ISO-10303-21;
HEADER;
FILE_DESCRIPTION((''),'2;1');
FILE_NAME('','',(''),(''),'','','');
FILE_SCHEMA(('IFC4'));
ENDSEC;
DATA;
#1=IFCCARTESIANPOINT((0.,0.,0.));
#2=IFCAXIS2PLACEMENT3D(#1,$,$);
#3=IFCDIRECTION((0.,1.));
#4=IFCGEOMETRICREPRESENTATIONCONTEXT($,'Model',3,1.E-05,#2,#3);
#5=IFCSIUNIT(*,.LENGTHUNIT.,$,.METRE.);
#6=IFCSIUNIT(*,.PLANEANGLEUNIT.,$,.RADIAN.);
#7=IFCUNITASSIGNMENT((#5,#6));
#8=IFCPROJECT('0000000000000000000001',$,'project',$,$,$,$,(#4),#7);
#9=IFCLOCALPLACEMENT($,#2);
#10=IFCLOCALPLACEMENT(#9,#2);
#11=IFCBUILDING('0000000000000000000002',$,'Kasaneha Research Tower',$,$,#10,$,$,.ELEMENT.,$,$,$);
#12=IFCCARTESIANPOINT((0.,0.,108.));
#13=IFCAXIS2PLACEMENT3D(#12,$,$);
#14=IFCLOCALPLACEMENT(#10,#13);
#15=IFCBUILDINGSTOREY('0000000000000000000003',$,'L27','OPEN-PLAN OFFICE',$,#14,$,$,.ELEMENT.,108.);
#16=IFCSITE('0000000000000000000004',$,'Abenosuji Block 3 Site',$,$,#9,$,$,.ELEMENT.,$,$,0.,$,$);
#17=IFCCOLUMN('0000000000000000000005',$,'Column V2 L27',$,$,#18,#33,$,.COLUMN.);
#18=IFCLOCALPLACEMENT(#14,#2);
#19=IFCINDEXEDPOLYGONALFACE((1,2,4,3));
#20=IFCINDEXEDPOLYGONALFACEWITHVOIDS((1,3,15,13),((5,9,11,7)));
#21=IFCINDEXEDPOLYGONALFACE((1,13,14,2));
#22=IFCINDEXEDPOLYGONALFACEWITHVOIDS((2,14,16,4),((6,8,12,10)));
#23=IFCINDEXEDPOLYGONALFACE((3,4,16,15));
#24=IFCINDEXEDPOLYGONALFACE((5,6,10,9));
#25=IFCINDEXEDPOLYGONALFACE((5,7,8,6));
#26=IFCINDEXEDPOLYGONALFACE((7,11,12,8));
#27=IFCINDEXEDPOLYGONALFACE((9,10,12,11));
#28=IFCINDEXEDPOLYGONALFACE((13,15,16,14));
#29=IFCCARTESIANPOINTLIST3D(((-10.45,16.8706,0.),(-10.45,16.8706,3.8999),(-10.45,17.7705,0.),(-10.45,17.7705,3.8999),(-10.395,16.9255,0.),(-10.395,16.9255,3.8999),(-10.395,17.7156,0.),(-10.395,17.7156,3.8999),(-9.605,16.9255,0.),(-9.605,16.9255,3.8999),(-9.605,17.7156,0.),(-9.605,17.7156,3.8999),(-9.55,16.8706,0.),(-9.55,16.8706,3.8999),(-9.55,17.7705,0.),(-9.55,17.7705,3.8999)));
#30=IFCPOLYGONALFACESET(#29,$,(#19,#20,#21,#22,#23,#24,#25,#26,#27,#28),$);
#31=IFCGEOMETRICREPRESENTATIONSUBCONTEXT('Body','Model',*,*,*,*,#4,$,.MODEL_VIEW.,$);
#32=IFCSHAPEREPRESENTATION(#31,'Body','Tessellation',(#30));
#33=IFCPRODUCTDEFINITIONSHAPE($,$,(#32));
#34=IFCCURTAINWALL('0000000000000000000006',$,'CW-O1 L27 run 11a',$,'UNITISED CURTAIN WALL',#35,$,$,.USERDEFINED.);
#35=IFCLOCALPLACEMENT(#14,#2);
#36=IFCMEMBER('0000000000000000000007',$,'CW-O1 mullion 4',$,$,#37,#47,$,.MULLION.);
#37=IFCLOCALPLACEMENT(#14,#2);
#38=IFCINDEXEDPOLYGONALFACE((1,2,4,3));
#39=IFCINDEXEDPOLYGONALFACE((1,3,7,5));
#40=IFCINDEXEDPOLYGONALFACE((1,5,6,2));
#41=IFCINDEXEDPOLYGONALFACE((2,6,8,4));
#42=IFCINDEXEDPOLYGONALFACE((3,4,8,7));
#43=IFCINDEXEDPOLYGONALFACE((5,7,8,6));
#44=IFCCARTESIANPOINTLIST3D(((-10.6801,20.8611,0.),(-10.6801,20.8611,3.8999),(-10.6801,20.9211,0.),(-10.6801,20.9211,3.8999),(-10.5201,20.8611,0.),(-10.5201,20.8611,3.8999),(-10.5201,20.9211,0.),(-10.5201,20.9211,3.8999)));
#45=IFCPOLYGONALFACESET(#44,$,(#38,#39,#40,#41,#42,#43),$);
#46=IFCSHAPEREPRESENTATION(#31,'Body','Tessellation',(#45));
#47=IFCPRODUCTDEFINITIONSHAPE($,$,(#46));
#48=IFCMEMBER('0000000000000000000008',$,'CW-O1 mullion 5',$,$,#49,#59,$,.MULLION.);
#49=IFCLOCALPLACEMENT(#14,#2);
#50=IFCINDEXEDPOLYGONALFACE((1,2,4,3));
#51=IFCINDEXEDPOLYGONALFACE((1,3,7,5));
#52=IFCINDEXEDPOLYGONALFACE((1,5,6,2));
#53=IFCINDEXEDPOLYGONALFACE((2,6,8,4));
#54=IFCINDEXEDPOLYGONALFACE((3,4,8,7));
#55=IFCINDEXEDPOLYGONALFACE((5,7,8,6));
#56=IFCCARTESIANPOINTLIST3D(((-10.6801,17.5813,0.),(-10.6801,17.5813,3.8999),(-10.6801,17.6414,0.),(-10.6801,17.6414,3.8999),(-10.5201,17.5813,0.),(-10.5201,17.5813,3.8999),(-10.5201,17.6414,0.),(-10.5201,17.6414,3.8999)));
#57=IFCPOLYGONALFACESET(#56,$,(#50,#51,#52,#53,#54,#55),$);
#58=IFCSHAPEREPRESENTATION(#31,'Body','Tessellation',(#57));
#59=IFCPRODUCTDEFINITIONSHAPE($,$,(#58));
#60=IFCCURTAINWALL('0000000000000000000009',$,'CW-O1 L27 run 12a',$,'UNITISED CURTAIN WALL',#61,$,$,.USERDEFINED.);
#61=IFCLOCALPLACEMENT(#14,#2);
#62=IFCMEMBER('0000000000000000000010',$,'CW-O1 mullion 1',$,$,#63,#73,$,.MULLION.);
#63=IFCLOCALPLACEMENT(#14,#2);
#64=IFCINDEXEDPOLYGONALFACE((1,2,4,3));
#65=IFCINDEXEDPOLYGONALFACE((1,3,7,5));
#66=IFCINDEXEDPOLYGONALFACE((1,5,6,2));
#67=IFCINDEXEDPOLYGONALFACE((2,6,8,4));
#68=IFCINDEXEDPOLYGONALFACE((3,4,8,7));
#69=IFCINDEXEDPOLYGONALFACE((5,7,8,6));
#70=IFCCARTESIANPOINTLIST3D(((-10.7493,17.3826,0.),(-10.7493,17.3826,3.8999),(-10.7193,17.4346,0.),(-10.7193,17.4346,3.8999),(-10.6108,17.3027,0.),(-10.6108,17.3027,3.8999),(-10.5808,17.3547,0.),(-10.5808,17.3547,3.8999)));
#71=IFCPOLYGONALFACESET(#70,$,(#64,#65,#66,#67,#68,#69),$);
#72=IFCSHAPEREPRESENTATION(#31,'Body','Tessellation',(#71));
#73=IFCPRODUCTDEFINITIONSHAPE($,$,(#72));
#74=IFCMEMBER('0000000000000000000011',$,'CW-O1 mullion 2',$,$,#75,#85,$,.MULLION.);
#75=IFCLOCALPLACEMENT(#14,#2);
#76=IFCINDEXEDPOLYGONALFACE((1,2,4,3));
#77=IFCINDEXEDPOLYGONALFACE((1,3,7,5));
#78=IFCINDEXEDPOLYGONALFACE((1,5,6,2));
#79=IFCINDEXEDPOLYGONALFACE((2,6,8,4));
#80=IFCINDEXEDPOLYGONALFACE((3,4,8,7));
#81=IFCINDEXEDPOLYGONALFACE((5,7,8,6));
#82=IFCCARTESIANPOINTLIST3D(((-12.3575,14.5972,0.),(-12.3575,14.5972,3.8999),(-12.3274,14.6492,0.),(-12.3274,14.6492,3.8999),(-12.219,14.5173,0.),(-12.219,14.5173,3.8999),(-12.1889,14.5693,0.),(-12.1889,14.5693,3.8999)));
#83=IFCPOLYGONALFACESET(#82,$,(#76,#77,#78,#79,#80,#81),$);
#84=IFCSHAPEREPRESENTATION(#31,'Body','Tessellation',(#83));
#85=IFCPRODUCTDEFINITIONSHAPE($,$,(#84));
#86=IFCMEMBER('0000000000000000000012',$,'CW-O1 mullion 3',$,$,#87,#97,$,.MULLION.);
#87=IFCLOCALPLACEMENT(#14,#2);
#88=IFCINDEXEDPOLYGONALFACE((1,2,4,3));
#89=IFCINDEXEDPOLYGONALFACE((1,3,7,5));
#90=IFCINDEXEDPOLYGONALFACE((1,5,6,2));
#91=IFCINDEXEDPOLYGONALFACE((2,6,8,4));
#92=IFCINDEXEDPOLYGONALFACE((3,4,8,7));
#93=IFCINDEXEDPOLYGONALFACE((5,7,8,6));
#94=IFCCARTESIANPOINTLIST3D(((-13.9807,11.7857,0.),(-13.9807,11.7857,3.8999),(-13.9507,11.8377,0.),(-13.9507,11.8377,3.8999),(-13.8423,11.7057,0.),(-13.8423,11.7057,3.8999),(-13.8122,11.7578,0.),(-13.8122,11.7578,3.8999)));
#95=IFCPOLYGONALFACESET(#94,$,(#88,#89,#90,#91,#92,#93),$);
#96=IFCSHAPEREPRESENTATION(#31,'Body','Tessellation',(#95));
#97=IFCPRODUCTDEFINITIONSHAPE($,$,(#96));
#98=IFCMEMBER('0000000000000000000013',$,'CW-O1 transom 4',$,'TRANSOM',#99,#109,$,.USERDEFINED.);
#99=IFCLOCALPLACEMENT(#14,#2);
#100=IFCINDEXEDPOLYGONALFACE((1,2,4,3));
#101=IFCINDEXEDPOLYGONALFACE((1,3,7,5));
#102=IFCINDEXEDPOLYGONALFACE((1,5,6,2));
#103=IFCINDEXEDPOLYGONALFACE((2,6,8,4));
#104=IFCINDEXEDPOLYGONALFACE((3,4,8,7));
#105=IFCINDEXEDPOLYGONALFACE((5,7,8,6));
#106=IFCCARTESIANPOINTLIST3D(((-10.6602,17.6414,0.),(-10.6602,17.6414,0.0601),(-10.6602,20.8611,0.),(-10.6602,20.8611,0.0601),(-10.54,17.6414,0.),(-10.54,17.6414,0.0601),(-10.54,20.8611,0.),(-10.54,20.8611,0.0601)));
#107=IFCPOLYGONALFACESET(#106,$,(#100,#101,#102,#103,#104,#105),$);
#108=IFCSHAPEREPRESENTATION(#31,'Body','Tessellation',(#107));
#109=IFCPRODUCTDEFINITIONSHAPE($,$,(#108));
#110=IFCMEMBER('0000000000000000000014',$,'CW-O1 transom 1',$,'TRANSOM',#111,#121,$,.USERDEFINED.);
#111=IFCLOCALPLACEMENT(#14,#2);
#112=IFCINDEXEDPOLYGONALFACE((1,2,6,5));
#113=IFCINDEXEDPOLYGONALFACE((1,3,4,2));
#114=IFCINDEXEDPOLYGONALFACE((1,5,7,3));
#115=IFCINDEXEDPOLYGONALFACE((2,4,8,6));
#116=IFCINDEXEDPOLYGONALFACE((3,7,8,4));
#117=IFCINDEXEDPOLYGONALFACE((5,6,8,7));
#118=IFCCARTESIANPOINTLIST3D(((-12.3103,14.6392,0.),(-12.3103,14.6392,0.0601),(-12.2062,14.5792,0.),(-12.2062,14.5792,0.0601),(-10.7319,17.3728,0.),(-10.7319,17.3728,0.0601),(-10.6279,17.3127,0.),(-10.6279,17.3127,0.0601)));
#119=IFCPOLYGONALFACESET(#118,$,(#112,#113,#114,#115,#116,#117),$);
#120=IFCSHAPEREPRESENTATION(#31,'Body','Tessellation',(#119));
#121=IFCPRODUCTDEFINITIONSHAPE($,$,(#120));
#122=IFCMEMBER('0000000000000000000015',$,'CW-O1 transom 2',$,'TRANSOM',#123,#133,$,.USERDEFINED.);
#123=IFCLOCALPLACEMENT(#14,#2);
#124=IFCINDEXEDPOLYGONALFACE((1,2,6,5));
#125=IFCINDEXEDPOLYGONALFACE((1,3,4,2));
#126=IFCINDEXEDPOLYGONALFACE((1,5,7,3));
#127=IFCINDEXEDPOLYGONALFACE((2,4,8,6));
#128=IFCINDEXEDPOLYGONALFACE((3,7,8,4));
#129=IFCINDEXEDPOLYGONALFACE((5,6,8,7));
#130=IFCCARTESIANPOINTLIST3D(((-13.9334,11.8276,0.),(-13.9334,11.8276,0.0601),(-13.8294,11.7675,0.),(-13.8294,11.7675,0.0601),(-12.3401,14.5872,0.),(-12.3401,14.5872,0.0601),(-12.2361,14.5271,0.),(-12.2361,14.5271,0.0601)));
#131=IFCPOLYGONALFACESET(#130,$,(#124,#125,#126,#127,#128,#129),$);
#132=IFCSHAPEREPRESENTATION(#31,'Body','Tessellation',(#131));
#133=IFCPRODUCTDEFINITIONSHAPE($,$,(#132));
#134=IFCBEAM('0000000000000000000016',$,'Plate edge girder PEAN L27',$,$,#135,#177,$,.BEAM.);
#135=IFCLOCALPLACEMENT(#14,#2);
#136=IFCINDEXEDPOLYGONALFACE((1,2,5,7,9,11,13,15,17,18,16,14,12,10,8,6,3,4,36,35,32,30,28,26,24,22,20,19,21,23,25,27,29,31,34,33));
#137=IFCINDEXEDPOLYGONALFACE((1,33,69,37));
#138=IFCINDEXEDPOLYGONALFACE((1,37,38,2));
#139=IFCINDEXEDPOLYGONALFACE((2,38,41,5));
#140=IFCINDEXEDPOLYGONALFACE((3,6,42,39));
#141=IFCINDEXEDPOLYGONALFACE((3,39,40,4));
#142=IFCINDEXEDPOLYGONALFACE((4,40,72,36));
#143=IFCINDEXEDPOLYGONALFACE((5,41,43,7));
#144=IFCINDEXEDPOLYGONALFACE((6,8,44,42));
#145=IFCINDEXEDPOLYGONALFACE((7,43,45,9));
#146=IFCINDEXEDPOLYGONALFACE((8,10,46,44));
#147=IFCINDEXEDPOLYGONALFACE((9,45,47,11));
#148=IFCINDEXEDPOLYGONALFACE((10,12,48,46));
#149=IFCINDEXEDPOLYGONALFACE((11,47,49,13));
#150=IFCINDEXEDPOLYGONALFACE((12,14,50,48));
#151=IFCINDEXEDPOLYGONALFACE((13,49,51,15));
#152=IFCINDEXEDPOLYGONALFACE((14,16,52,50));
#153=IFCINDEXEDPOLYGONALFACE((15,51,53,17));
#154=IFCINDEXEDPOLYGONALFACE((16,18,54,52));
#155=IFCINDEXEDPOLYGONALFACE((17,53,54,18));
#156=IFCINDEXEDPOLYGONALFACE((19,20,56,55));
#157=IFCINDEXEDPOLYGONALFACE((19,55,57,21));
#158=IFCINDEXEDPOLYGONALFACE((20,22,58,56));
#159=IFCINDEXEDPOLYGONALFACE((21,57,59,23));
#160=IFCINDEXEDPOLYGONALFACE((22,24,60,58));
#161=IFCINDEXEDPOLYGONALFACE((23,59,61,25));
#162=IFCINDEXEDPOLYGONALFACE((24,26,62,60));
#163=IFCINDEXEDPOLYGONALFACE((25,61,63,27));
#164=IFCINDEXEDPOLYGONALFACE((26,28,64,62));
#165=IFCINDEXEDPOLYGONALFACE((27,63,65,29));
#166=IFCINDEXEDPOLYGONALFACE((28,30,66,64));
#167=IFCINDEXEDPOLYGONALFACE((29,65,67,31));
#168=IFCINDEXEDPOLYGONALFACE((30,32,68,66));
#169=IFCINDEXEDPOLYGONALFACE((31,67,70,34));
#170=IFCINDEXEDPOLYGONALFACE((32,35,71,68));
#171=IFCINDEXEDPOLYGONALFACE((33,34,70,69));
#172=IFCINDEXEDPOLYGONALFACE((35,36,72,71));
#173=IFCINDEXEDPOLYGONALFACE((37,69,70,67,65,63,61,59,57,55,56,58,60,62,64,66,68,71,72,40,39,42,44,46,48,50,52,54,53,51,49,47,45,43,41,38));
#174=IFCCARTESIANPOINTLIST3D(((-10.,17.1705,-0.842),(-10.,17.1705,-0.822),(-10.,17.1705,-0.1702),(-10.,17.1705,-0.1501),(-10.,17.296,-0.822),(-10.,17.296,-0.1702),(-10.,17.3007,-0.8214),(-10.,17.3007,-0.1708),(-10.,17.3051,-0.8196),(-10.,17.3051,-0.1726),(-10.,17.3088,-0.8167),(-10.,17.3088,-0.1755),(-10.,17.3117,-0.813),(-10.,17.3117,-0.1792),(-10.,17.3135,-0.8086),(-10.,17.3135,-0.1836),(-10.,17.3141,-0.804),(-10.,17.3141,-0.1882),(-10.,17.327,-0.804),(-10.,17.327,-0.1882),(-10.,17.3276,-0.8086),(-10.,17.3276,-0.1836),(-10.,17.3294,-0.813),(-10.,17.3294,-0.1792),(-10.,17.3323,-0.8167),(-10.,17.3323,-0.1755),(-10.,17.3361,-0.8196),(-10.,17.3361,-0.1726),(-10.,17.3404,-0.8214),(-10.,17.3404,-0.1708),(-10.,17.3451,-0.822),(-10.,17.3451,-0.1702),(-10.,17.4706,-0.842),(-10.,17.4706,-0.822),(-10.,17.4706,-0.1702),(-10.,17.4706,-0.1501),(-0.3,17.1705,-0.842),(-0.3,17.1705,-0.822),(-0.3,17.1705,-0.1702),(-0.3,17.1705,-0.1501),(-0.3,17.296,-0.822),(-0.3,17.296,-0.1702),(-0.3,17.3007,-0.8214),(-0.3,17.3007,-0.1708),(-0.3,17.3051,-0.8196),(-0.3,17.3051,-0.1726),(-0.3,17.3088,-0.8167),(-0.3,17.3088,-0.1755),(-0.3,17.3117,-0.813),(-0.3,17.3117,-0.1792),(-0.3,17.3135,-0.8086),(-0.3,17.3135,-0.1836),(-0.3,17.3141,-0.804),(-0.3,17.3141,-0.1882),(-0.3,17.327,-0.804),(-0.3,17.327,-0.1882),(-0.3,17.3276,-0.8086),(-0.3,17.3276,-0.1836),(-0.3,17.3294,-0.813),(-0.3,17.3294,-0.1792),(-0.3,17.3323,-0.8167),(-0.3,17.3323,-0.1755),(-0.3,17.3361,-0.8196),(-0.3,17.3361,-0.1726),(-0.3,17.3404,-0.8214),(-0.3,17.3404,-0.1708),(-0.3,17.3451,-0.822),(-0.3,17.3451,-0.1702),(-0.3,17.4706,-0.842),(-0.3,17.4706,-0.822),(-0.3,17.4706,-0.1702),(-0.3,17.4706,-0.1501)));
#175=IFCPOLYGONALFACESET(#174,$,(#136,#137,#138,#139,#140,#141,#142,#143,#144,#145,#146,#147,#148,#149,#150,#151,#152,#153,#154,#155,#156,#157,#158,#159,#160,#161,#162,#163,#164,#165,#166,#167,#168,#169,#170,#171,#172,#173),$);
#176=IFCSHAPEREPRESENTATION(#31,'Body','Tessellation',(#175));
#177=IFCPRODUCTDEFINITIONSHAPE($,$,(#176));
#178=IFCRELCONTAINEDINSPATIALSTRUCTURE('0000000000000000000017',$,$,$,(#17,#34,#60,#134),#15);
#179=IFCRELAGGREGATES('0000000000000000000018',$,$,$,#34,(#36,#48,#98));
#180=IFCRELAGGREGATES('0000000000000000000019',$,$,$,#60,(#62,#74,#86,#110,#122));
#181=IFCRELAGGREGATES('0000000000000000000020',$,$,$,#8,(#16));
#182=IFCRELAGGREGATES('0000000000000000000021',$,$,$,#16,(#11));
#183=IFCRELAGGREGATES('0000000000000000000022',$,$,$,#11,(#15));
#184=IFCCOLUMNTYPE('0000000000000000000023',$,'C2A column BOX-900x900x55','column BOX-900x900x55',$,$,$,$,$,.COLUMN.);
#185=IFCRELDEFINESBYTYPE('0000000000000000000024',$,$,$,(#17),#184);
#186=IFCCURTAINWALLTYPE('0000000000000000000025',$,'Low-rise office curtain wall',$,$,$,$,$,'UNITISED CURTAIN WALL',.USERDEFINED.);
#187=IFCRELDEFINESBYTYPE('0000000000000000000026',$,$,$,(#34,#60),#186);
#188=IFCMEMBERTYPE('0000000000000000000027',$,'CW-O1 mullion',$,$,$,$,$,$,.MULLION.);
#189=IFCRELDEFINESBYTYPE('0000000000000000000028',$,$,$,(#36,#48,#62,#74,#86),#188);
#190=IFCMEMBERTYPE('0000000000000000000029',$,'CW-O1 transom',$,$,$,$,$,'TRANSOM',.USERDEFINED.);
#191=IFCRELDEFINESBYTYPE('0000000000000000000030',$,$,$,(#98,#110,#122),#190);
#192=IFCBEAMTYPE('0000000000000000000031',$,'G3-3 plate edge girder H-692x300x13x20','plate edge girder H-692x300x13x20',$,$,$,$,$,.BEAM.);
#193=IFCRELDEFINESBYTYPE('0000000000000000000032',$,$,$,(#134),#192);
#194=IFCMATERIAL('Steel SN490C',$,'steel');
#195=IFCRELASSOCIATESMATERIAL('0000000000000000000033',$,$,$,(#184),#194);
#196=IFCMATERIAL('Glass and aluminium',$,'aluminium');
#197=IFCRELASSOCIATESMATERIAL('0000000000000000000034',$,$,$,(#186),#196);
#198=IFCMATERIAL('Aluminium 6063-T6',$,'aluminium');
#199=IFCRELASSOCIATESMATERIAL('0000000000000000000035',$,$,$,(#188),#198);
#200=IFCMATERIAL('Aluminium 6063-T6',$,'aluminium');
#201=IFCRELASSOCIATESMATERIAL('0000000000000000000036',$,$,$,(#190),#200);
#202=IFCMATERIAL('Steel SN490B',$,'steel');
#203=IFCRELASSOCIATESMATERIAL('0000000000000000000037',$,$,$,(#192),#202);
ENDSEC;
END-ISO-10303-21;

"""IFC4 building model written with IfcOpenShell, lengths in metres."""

from ifc_helpers import new_model, si_unit, direction, frame, origin, origin_2d, place, context, subcontext, project, spatial, rectangle, hollow_rectangle, i_section, extrude, material, material_profile, profile_set, type_object, element, aggregate, save


model = new_model("IFC4")

# Units and contexts
model_context = context("Model", 3, precision=1e-05, world=origin(), true_north=direction((0.0, 1.0)))
body_context = subcontext(model_context, "Body", "Model", "MODEL_VIEW")
ifc_project = project(units=[si_unit("LENGTHUNIT", "METRE"), si_unit("PLANEANGLEUNIT", "RADIAN")], contexts=[model_context])

# Site, building, storey
site_placement = place(None, origin())
site = spatial("IfcSite", under=ifc_project, at=site_placement, Name="Abenosuji Block 3 Site", CompositionType="ELEMENT", RefElevation=0.0)
building_placement = place(site_placement, origin())
building = spatial("IfcBuilding", under=site, at=building_placement, Name="Kasaneha Research Tower", CompositionType="ELEMENT")
storey_placement = place(building_placement, frame((0.0, 0.0, 108.0)))
storey = spatial("IfcBuildingStorey", under=building, at=storey_placement, Name="L27", Description="OPEN-PLAN OFFICE", CompositionType="ELEMENT", Elevation=108.0)

# Column
ifc_material_1 = material(Name="Steel SN490C", Category="steel")
ifc_material_profile_1 = material_profile(ifc_material_1, hollow_rectangle(XDim=0.8999, YDim=0.8999, WallThickness=0.0549, at=origin_2d()), Name="BOX-900x900x55")
ifc_profile_set_1 = profile_set([ifc_material_profile_1], Name="Steel SN490C")
column_type = type_object("IfcColumnType", Name="C2A column BOX-900x900x55", Description="column BOX-900x900x55", PredefinedType="COLUMN", material=ifc_profile_set_1)
column_placement = place(storey_placement, frame((-10.0, 17.3206, 0.0), z_axis=(0.0, 0.0, 1.0), x_axis=(1.0, 0.0, 0.0)))
element("IfcColumn", 1, at=column_placement, inside=storey, type_object=column_type, Name="Column V2 L27", PredefinedType="COLUMN", context=body_context, shape_type="SweptSolid", body=[
    extrude(hollow_rectangle(XDim=0.8999, YDim=0.8999, WallThickness=0.0549, at=origin_2d()), origin(), (0.0, 0.0, 1.0), 3.8999),
])

# Curtain walls, members
ifc_material_2 = material(Name="Glass and aluminium", Category="aluminium")
curtain_wall_type = type_object("IfcCurtainWallType", Name="Low-rise office curtain wall", ElementType="UNITISED CURTAIN WALL", PredefinedType="USERDEFINED", material=ifc_material_2)
curtain_wall_1_placement = place(storey_placement, origin())
curtain_wall_1 = element("IfcCurtainWall", 2, at=curtain_wall_1_placement, inside=storey, type_object=curtain_wall_type, Name="CW-O1 L27 run 11a", ObjectType="UNITISED CURTAIN WALL", PredefinedType="USERDEFINED")
ifc_material_3 = material(Name="Aluminium 6063-T6", Category="aluminium")
ifc_material_profile_2 = material_profile(ifc_material_3, rectangle(XDim=0.0601, YDim=0.1599, at=origin_2d()), Name="CW-O1 mullion 60x160")
ifc_profile_set_2 = profile_set([ifc_material_profile_2], Name="Aluminium 6063-T6")
member_type_1 = type_object("IfcMemberType", Name="CW-O1 mullion", PredefinedType="MULLION", material=ifc_profile_set_2)
member_1_placement = place(storey_placement, frame((-10.6001, 20.8911, 0.0), z_axis=(0.0, 0.0, 1.0), x_axis=(0.0, -1.0, 0.0)))
member_1 = element("IfcMember", 3, at=member_1_placement, type_object=member_type_1, Name="CW-O1 mullion 4", PredefinedType="MULLION", context=body_context, shape_type="SweptSolid", body=[
    extrude(rectangle(XDim=0.0601, YDim=0.1599, at=origin_2d()), origin(), (0.0, 0.0, 1.0), 3.8999),
])
member_2_placement = place(storey_placement, frame((-10.6001, 17.6113, 0.0), z_axis=(0.0, 0.0, 1.0), x_axis=(0.0, -1.0, 0.0)))
member_2 = element("IfcMember", 4, at=member_2_placement, type_object=member_type_1, Name="CW-O1 mullion 5", PredefinedType="MULLION", context=body_context, shape_type="SweptSolid", body=[
    extrude(rectangle(XDim=0.0601, YDim=0.1599, at=origin_2d()), origin(), (0.0, 0.0, 1.0), 3.8999),
])
curtain_wall_2_placement = place(storey_placement, origin())
curtain_wall_2 = element("IfcCurtainWall", 5, at=curtain_wall_2_placement, inside=storey, type_object=curtain_wall_type, Name="CW-O1 L27 run 12a", ObjectType="UNITISED CURTAIN WALL", PredefinedType="USERDEFINED")
member_3_placement = place(storey_placement, frame((-10.665, 17.3687, 0.0), z_axis=(0.0, 0.0, 1.0), x_axis=(-0.5, -0.866025, 0.0)))
member_3 = element("IfcMember", 6, at=member_3_placement, type_object=member_type_1, Name="CW-O1 mullion 1", PredefinedType="MULLION", context=body_context, shape_type="SweptSolid", body=[
    extrude(rectangle(XDim=0.0601, YDim=0.1599, at=origin_2d()), origin(), (0.0, 0.0, 1.0), 3.8999),
])
member_4_placement = place(storey_placement, frame((-12.2732, 14.5833, 0.0), z_axis=(0.0, 0.0, 1.0), x_axis=(-0.5, -0.866025, 0.0)))
member_4 = element("IfcMember", 7, at=member_4_placement, type_object=member_type_1, Name="CW-O1 mullion 2", PredefinedType="MULLION", context=body_context, shape_type="SweptSolid", body=[
    extrude(rectangle(XDim=0.0601, YDim=0.1599, at=origin_2d()), origin(), (0.0, 0.0, 1.0), 3.8999),
])
member_5_placement = place(storey_placement, frame((-13.8965, 11.7717, 0.0), z_axis=(0.0, 0.0, 1.0), x_axis=(-0.5, -0.866025, 0.0)))
member_5 = element("IfcMember", 8, at=member_5_placement, type_object=member_type_1, Name="CW-O1 mullion 3", PredefinedType="MULLION", context=body_context, shape_type="SweptSolid", body=[
    extrude(rectangle(XDim=0.0601, YDim=0.1599, at=origin_2d()), origin(), (0.0, 0.0, 1.0), 3.8999),
])

# Members
ifc_material_4 = material(Name="Aluminium 6063-T6", Category="aluminium")
ifc_material_profile_3 = material_profile(ifc_material_4, rectangle(XDim=0.1201, YDim=0.0601, at=origin_2d()), Name="CW-O1 transom 120x60")
ifc_profile_set_3 = profile_set([ifc_material_profile_3], Name="Aluminium 6063-T6")
member_type_2 = type_object("IfcMemberType", Name="CW-O1 transom", ElementType="TRANSOM", PredefinedType="USERDEFINED", material=ifc_profile_set_3)
member_6_placement = place(storey_placement, frame((-10.6001, 20.8611, 0.03), z_axis=(0.0, -1.0, 0.0), x_axis=(1.0, 0.0, 0.0)))
member_6 = element("IfcMember", 9, at=member_6_placement, type_object=member_type_2, Name="CW-O1 transom 4", ObjectType="TRANSOM", PredefinedType="USERDEFINED", context=body_context, shape_type="SweptSolid", body=[
    extrude(rectangle(XDim=0.1201, YDim=0.0601, at=origin_2d()), origin(), (0.0, 0.0, 1.0), 3.2197),
])
member_7_placement = place(storey_placement, frame((-10.6799, 17.3428, 0.03), z_axis=(-0.500024, -0.866012, 0.0), x_axis=(0.866012, -0.500024, 0.0)))
member_7 = element("IfcMember", 10, at=member_7_placement, type_object=member_type_2, Name="CW-O1 transom 1", ObjectType="TRANSOM", PredefinedType="USERDEFINED", context=body_context, shape_type="SweptSolid", body=[
    extrude(rectangle(XDim=0.1201, YDim=0.0601, at=origin_2d()), origin(), (0.0, 0.0, 1.0), 3.1565),
])
member_8_placement = place(storey_placement, frame((-12.2881, 14.5571, 0.03), z_axis=(-0.500012, -0.866018, 0.0), x_axis=(0.866018, -0.500012, 0.0)))
member_8 = element("IfcMember", 11, at=member_8_placement, type_object=member_type_2, Name="CW-O1 transom 2", ObjectType="TRANSOM", PredefinedType="USERDEFINED", context=body_context, shape_type="SweptSolid", body=[
    extrude(rectangle(XDim=0.1201, YDim=0.0601, at=origin_2d()), origin(), (0.0, 0.0, 1.0), 3.1865),
])

# Beam
ifc_material_5 = material(Name="Steel SN490B", Category="steel")
ifc_material_profile_4 = material_profile(ifc_material_5, i_section(OverallWidth=0.3, OverallDepth=0.6919, WebThickness=0.0129, FlangeThickness=0.02, FilletRadius=0.0181, at=origin_2d()), Name="H-692x300x13x20")
ifc_profile_set_4 = profile_set([ifc_material_profile_4], Name="Steel SN490B")
beam_type_1 = type_object("IfcBeamType", Name="G3-3 plate edge girder H-692x300x13x20", Description="plate edge girder H-692x300x13x20", PredefinedType="BEAM", material=ifc_profile_set_4)
beam_1_placement = place(storey_placement, frame((-10.0, 17.3206, -0.4961), z_axis=(1.0, 0.0, 0.0), x_axis=(0.0, 1.0, 0.0)))
element("IfcBeam", 12, at=beam_1_placement, inside=storey, type_object=beam_type_1, Name="Plate edge girder PEAN L27", PredefinedType="BEAM", context=body_context, shape_type="SweptSolid", body=[
    extrude(i_section(OverallWidth=0.3, OverallDepth=0.6919, WebThickness=0.0129, FlangeThickness=0.02, FilletRadius=0.0181, at=origin_2d()), origin(), (0.0, 0.0, 1.0), 9.7),
])

aggregate(curtain_wall_1, [member_1, member_2, member_6])
aggregate(curtain_wall_2, [member_3, member_4, member_5, member_7, member_8])

save(model, "model.ifc")
